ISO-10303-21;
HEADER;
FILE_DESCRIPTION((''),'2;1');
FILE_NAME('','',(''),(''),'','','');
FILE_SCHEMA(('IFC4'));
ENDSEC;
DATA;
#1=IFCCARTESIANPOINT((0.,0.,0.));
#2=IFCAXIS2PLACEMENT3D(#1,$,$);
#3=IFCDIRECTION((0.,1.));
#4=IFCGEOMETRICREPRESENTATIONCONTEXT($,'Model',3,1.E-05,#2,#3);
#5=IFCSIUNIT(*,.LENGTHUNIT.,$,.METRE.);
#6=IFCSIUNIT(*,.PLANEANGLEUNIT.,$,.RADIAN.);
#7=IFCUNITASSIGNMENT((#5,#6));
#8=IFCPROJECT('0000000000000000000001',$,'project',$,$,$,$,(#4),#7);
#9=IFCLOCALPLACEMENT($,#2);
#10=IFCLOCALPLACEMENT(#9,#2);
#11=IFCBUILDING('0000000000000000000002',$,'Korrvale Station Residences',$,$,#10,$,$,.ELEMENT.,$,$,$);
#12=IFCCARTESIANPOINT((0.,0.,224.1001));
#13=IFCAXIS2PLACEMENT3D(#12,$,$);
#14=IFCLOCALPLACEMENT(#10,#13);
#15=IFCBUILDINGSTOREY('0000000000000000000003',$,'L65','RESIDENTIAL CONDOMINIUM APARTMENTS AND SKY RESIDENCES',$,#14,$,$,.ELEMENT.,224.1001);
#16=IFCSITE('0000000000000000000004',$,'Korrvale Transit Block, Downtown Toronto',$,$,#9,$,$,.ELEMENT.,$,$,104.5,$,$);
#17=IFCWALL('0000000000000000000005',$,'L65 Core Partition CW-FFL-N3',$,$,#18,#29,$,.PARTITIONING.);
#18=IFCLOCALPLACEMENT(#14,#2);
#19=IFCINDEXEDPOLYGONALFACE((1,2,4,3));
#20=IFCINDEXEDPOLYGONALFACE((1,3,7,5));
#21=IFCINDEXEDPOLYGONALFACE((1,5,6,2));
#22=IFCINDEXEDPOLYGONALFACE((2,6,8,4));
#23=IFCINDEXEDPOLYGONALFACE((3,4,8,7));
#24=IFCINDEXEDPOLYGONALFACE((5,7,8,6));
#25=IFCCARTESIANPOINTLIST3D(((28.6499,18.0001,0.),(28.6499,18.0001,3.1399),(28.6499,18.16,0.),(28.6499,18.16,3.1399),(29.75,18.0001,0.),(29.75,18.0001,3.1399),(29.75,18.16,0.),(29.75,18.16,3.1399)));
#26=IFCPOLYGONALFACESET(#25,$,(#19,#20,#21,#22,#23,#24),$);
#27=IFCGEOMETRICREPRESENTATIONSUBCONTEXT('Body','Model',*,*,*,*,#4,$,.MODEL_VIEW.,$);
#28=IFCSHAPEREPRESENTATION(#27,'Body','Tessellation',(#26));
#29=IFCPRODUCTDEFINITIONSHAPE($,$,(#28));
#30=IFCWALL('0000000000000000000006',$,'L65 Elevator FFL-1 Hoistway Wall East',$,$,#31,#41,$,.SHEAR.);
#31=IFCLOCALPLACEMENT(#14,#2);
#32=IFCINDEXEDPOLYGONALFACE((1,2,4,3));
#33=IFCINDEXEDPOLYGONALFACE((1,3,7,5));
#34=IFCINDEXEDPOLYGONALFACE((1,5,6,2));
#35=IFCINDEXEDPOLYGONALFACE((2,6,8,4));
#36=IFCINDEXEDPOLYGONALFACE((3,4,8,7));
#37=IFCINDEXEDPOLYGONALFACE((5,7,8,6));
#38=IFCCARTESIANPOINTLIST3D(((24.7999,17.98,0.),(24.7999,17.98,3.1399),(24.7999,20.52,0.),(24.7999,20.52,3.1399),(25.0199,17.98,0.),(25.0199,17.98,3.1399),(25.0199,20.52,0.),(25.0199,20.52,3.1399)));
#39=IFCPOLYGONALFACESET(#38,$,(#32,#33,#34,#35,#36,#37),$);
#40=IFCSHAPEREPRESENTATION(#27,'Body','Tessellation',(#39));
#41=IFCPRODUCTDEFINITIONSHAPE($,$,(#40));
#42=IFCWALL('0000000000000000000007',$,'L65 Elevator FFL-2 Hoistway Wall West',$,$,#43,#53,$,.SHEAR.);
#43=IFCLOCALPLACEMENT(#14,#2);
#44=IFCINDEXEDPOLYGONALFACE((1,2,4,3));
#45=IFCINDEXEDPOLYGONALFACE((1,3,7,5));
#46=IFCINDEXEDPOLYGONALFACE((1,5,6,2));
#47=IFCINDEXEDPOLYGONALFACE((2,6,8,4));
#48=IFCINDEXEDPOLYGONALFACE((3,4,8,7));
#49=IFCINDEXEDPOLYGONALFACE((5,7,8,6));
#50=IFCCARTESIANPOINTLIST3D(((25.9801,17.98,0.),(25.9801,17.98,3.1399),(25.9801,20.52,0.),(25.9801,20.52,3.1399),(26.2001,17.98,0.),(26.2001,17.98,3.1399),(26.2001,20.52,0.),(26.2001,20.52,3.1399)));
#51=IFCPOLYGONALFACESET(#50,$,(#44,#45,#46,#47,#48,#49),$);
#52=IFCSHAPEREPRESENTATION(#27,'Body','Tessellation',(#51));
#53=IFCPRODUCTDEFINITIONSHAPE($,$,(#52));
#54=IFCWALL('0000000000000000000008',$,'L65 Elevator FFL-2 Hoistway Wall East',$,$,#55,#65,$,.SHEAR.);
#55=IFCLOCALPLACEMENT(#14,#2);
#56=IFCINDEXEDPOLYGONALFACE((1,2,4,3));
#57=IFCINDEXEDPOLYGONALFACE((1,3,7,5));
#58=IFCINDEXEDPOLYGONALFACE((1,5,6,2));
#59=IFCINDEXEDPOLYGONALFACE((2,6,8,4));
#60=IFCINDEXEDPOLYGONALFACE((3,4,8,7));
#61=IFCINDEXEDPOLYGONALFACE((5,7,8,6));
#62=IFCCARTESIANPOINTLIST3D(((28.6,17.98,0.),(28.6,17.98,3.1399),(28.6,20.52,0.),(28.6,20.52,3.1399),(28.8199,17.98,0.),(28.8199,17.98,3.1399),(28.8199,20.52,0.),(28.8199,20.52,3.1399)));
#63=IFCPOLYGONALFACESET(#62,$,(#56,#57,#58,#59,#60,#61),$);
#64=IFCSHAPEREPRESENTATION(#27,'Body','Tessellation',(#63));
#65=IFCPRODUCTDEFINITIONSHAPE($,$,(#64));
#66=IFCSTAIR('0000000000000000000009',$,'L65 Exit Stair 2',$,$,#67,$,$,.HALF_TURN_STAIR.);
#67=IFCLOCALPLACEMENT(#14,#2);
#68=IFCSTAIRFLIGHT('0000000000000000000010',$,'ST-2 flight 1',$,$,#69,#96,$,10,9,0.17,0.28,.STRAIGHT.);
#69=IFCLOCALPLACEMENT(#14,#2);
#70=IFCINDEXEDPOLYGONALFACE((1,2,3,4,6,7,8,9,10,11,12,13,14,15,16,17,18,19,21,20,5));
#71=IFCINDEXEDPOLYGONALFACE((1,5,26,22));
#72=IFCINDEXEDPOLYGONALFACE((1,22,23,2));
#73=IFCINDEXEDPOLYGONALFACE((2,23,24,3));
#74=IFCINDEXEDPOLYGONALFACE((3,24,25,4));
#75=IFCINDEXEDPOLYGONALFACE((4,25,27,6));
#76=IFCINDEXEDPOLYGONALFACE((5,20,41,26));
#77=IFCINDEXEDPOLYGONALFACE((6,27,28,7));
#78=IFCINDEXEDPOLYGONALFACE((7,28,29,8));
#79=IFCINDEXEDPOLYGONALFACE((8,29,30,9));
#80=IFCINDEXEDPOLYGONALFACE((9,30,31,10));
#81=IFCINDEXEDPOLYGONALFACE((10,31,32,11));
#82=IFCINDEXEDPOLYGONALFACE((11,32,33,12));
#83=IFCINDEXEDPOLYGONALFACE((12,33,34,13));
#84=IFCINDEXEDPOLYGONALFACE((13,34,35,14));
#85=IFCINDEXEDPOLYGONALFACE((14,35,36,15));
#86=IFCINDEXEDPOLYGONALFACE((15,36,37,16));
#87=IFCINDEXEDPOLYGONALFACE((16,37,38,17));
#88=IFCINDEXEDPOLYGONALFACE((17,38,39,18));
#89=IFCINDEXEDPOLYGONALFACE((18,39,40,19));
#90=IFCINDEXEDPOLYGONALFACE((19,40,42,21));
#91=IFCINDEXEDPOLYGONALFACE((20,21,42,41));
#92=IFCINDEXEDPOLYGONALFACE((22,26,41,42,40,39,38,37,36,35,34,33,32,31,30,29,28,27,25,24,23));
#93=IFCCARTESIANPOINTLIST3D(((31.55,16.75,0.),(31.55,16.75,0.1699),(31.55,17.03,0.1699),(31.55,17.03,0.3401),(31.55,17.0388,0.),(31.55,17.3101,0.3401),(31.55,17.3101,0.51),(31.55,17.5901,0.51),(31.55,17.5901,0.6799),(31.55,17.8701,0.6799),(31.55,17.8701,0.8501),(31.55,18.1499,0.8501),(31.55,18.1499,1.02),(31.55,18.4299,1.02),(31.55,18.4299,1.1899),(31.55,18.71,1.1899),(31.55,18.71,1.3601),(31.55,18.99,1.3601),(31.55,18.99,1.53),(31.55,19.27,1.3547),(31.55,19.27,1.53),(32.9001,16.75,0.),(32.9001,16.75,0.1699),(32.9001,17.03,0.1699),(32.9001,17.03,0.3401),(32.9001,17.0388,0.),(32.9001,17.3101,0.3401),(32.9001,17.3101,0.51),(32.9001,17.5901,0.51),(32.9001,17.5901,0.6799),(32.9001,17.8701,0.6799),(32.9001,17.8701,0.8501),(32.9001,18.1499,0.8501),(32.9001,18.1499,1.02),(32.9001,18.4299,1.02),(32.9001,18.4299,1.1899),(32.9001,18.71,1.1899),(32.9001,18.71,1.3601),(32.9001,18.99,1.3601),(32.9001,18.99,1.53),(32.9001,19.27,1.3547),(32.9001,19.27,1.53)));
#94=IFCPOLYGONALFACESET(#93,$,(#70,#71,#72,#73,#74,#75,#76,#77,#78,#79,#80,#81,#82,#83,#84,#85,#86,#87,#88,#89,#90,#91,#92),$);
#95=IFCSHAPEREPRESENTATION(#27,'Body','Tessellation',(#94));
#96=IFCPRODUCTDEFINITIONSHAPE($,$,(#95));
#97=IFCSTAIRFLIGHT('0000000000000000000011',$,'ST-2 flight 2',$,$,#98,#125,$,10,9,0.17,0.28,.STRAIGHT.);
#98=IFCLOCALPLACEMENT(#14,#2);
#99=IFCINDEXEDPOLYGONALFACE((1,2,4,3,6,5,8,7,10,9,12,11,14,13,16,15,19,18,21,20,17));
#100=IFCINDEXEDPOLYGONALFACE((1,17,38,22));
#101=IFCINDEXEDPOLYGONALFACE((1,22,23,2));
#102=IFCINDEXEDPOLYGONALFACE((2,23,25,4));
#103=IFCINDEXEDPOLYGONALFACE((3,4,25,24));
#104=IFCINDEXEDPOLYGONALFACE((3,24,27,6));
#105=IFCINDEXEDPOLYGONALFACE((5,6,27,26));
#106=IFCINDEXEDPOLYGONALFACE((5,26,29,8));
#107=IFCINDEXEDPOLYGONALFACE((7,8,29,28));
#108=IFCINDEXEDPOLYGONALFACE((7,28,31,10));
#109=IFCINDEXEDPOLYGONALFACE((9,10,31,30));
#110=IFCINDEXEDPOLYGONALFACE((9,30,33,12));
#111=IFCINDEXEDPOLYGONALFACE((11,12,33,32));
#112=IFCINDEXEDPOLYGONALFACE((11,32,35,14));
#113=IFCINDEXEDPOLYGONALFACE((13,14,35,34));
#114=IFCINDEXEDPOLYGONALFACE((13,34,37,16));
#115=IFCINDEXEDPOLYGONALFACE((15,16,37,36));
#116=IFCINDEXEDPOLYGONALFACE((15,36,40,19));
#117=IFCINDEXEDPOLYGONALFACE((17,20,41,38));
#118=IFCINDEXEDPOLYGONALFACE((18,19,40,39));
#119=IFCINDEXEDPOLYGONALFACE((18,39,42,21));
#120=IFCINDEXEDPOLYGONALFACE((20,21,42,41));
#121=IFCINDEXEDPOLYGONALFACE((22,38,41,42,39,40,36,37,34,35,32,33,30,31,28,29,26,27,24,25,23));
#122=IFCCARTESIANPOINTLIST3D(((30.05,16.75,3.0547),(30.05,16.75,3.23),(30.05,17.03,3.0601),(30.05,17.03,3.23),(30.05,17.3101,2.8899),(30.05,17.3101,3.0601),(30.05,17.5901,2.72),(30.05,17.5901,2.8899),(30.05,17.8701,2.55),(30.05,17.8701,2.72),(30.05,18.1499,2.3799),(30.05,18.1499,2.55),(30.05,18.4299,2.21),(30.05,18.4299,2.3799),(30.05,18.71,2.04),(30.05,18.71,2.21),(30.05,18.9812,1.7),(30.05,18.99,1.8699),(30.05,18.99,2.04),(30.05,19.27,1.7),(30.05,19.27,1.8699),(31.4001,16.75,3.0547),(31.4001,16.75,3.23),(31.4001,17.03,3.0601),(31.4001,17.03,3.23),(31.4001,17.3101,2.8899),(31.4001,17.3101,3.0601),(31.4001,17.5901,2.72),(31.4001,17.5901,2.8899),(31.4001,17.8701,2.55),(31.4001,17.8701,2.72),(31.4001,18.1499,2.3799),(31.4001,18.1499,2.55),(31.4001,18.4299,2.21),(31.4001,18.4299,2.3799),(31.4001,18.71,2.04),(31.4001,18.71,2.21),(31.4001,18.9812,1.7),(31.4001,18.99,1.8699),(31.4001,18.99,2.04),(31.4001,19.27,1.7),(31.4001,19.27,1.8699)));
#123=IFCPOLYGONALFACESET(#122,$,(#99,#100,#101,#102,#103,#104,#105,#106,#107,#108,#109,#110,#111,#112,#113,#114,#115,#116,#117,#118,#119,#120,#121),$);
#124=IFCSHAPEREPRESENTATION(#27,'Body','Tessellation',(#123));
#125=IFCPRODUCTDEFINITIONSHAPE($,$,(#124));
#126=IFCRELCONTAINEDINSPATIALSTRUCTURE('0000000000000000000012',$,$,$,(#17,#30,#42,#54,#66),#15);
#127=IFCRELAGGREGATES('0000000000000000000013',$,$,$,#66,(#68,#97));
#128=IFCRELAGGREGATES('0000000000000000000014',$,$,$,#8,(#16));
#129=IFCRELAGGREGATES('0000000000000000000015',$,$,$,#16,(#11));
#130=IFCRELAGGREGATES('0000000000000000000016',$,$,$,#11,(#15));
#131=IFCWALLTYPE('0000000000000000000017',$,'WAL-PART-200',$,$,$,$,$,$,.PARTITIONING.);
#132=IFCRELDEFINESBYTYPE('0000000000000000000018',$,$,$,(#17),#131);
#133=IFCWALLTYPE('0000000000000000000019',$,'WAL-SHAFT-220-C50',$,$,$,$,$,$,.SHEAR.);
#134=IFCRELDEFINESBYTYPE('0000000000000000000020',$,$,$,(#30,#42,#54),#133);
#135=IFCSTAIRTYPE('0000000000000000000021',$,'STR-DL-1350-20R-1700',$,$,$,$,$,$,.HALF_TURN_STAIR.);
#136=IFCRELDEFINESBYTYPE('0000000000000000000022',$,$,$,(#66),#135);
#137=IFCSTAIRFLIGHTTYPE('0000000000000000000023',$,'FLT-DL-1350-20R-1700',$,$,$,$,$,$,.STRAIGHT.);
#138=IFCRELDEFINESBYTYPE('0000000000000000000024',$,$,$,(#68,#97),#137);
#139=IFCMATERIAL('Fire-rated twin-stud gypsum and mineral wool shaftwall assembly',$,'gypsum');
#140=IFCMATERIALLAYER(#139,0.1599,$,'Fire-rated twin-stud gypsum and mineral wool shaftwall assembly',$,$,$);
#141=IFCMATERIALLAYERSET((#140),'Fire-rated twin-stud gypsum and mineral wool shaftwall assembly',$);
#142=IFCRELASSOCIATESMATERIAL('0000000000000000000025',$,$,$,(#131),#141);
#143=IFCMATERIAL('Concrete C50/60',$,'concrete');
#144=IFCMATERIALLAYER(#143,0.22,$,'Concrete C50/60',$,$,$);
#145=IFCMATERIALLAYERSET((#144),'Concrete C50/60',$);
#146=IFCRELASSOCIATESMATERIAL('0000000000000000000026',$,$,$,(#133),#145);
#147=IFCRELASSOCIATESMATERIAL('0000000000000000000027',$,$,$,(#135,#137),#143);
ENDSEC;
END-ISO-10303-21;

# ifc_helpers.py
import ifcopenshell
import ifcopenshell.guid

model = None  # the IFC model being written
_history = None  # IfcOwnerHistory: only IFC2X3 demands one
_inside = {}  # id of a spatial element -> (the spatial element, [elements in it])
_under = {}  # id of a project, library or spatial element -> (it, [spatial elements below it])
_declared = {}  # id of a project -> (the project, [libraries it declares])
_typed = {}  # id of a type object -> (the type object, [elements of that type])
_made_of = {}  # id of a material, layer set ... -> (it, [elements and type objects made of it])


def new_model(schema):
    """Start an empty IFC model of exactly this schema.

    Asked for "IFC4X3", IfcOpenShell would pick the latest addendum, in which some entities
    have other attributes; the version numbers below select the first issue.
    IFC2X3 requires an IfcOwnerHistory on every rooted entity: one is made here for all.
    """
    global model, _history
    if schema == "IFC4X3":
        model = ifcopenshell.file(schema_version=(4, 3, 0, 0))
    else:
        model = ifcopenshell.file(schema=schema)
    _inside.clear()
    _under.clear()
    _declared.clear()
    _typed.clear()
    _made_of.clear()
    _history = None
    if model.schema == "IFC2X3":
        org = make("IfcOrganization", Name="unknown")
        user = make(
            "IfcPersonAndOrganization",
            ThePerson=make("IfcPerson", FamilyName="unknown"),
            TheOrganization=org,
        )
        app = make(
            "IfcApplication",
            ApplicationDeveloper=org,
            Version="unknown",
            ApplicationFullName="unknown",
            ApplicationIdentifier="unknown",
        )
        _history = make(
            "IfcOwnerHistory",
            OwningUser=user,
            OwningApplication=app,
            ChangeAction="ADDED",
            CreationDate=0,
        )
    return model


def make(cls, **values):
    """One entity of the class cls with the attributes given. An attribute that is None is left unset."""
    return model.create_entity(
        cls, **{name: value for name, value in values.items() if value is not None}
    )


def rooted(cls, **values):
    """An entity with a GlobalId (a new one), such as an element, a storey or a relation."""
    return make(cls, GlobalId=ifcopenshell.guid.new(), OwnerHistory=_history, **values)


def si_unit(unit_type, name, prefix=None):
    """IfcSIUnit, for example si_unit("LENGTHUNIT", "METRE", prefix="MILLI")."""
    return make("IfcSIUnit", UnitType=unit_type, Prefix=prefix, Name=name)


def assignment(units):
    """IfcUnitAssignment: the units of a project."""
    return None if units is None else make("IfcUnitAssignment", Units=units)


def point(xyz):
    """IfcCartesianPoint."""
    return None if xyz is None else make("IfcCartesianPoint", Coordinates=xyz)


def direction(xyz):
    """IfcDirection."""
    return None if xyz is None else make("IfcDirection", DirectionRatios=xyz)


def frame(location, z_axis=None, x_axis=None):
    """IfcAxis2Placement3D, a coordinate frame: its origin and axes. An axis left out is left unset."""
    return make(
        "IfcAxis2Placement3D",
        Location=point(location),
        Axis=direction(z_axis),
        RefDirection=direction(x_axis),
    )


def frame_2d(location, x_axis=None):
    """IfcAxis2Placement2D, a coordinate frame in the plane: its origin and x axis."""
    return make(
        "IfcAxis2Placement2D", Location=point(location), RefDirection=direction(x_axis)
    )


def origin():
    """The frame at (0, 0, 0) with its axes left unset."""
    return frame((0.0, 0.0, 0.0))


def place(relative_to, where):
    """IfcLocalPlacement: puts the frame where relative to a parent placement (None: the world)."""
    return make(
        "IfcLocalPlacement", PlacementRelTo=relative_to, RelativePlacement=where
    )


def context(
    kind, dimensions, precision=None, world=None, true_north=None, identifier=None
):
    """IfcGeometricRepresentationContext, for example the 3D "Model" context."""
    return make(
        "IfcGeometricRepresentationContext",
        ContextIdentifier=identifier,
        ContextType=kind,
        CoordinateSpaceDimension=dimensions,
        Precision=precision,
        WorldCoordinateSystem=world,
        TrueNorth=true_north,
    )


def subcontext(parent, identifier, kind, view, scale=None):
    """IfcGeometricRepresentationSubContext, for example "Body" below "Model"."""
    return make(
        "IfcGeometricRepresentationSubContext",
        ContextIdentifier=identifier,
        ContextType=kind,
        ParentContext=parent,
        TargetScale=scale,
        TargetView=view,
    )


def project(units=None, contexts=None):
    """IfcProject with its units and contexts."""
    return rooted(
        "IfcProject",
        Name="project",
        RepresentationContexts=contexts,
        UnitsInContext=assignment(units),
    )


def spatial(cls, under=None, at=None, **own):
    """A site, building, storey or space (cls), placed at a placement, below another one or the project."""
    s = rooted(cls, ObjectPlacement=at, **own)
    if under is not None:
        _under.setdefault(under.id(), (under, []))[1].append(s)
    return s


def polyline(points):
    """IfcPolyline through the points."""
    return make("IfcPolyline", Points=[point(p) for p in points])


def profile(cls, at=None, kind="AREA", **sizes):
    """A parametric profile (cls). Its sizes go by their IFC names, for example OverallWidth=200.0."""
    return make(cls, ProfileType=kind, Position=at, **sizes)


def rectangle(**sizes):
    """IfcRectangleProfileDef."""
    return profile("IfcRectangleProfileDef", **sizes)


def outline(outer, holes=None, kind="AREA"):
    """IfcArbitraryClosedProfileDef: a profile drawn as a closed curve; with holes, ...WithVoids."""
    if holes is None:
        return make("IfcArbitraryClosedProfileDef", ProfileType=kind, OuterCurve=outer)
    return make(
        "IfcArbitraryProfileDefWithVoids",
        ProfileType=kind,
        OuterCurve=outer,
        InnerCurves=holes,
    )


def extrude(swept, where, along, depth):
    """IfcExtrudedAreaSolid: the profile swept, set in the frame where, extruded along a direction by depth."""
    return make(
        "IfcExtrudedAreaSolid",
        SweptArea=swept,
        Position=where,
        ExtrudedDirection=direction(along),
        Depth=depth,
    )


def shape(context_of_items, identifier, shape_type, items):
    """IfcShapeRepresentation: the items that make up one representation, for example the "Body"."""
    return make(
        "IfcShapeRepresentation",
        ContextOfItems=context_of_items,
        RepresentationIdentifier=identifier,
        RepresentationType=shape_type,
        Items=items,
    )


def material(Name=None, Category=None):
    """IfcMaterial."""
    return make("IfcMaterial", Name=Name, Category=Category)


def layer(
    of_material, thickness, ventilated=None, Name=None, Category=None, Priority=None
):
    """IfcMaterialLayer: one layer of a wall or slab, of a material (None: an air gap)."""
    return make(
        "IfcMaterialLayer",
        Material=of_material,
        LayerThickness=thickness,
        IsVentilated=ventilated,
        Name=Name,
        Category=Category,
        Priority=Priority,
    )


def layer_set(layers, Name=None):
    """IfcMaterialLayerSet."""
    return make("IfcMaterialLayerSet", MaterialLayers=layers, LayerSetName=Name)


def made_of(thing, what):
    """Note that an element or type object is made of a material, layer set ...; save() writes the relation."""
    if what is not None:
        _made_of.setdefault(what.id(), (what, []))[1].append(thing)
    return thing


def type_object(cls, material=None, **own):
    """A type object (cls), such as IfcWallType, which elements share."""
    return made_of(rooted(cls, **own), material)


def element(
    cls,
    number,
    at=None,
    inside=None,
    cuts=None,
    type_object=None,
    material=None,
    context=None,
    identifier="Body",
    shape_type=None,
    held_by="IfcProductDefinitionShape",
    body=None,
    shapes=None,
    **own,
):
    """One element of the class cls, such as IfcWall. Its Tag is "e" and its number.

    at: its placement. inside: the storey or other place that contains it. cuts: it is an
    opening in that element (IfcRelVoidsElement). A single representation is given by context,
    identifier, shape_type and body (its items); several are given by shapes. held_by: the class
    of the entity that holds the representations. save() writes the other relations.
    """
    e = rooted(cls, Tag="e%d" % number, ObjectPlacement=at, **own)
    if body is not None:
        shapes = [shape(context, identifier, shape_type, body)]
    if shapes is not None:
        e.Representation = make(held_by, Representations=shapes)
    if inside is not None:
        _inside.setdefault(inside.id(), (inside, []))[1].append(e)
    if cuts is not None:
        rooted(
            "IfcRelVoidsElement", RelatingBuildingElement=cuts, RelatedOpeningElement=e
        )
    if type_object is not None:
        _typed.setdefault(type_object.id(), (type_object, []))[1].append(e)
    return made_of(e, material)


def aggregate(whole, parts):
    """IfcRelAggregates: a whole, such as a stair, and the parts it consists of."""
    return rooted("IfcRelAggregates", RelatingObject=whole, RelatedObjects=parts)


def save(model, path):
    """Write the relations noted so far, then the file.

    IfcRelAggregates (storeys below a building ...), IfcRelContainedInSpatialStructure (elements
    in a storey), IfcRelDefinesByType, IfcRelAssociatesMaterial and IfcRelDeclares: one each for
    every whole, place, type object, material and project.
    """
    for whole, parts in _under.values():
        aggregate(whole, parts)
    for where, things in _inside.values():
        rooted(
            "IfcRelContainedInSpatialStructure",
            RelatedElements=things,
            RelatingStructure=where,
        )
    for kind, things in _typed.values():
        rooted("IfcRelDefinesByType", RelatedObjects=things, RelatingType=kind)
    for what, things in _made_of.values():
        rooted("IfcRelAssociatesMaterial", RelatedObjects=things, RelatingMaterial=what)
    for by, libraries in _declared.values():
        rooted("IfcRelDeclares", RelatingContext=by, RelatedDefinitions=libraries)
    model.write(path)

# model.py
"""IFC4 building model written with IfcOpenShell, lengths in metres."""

from ifc_helpers import new_model, si_unit, direction, frame, frame_2d, origin, place, context, subcontext, project, spatial, polyline, rectangle, outline, extrude, material, layer, layer_set, type_object, element, aggregate, save


model = new_model("IFC4")

# Units and contexts
model_context = context("Model", 3, precision=1e-05, world=origin(), true_north=direction((0.0, 1.0)))
body_context = subcontext(model_context, "Body", "Model", "MODEL_VIEW")
ifc_project = project(units=[si_unit("LENGTHUNIT", "METRE"), si_unit("PLANEANGLEUNIT", "RADIAN")], contexts=[model_context])

# Site, building, storey
site_placement = place(None, origin())
site = spatial("IfcSite", under=ifc_project, at=site_placement, Name="Korrvale Transit Block, Downtown Toronto", CompositionType="ELEMENT", RefElevation=104.5)
building_placement = place(site_placement, origin())
building = spatial("IfcBuilding", under=site, at=building_placement, Name="Korrvale Station Residences", CompositionType="ELEMENT")
storey_placement = place(building_placement, frame((0.0, 0.0, 224.1001)))
storey = spatial("IfcBuildingStorey", under=building, at=storey_placement, Name="L65", Description="RESIDENTIAL CONDOMINIUM APARTMENTS AND SKY RESIDENCES", CompositionType="ELEMENT", Elevation=224.1001)

# Shared definitions
ifc_material_1 = material(Name="Concrete C50/60", Category="concrete")

# Walls
ifc_material_2 = material(Name="Fire-rated twin-stud gypsum and mineral wool shaftwall assembly", Category="gypsum")
ifc_layer_1 = layer(ifc_material_2, 0.1599, Name="Fire-rated twin-stud gypsum and mineral wool shaftwall assembly")
ifc_layer_set_1 = layer_set([ifc_layer_1], Name="Fire-rated twin-stud gypsum and mineral wool shaftwall assembly")
wall_type_1 = type_object("IfcWallType", Name="WAL-PART-200", PredefinedType="PARTITIONING", material=ifc_layer_set_1)
wall_1_placement = place(storey_placement, frame((28.6499, 18.0801, 0.0), z_axis=(0.0, 0.0, 1.0), x_axis=(1.0, 0.0, 0.0)))
element("IfcWall", 1, at=wall_1_placement, inside=storey, type_object=wall_type_1, Name="L65 Core Partition CW-FFL-N3", PredefinedType="PARTITIONING", context=body_context, shape_type="SweptSolid", body=[
    extrude(rectangle(XDim=1.1001, YDim=0.1599, at=frame_2d((0.55, 0.0))), origin(), (0.0, 0.0, 1.0), 3.1399),
])
ifc_layer_2 = layer(ifc_material_1, 0.22, Name="Concrete C50/60")
ifc_layer_set_2 = layer_set([ifc_layer_2], Name="Concrete C50/60")
wall_type_2 = type_object("IfcWallType", Name="WAL-SHAFT-220-C50", PredefinedType="SHEAR", material=ifc_layer_set_2)
wall_2_placement = place(storey_placement, frame((24.9099, 17.98, 0.0), z_axis=(0.0, 0.0, 1.0), x_axis=(0.0, 1.0, 0.0)))
element("IfcWall", 2, at=wall_2_placement, inside=storey, type_object=wall_type_2, Name="L65 Elevator FFL-1 Hoistway Wall East", PredefinedType="SHEAR", context=body_context, shape_type="SweptSolid", body=[
    extrude(rectangle(XDim=2.54, YDim=0.22, at=frame_2d((1.27, 0.0))), origin(), (0.0, 0.0, 1.0), 3.1399),
])

# Walls
for number, where, z_axis, x_axis, name in (
    (3, (26.0901, 17.98, 0.0), (0.0, 0.0, 1.0), (0.0, 1.0, 0.0), "L65 Elevator FFL-2 Hoistway Wall West"),
    (4, (28.71, 17.98, 0.0), (0.0, 0.0, 1.0), (0.0, 1.0, 0.0), "L65 Elevator FFL-2 Hoistway Wall East"),
):
    element("IfcWall", number, at=place(storey_placement, frame(where, z_axis=z_axis, x_axis=x_axis)), inside=storey, type_object=wall_type_2, Name=name, PredefinedType="SHEAR", context=body_context, shape_type="SweptSolid", body=[
        extrude(rectangle(XDim=2.54, YDim=0.22, at=frame_2d((1.27, 0.0))), origin(), (0.0, 0.0, 1.0), 3.1399),
    ])

# Stair, stair flights
stair_type = type_object("IfcStairType", Name="STR-DL-1350-20R-1700", PredefinedType="HALF_TURN_STAIR", material=ifc_material_1)
stair_placement = place(storey_placement, origin())
stair = element("IfcStair", 5, at=stair_placement, inside=storey, type_object=stair_type, Name="L65 Exit Stair 2", PredefinedType="HALF_TURN_STAIR")
stair_flight_type = type_object("IfcStairFlightType", Name="FLT-DL-1350-20R-1700", PredefinedType="STRAIGHT", material=ifc_material_1)
stair_flight_1_placement = place(storey_placement, frame((32.2251, 16.75, 0.0), z_axis=(0.0, 0.0, 1.0), x_axis=(0.0, 1.0, 0.0)))
stair_flight_1 = element("IfcStairFlight", 6, at=stair_flight_1_placement, type_object=stair_flight_type, Name="ST-2 flight 1", NumberOfRisers=10, NumberOfTreads=9, PredefinedType="STRAIGHT", RiserHeight=0.17, TreadLength=0.28, context=body_context, shape_type="SweptSolid", body=[
    extrude(outline(polyline([(0.0, 0.0), (0.0, 0.1699), (0.28, 0.1699), (0.28, 0.3401), (0.5601, 0.3401), (0.5601, 0.51), (0.8401, 0.51), (0.8401, 0.6799), (1.1201, 0.6799), (1.1201, 0.8501), (1.3999, 0.8501), (1.3999, 1.02), (1.6799, 1.02), (1.6799, 1.1899), (1.96, 1.1899), (1.96, 1.3601), (2.24, 1.3601), (2.24, 1.53), (2.52, 1.53), (2.52, 1.7), (2.52, 1.3547), (0.2888, 0.0), (0.0, 0.0)])), frame((0.0, 0.675, 0.0), z_axis=(0.0, -1.0, 0.0), x_axis=(1.0, 0.0, 0.0)), (0.0, 0.0, 1.0), 1.3501),
])
stair_flight_2_placement = place(storey_placement, frame((30.7251, 19.27, 1.7), z_axis=(0.0, 0.0, 1.0), x_axis=(0.0, -1.0, 0.0)))
stair_flight_2 = element("IfcStairFlight", 7, at=stair_flight_2_placement, type_object=stair_flight_type, Name="ST-2 flight 2", NumberOfRisers=10, NumberOfTreads=9, PredefinedType="STRAIGHT", RiserHeight=0.17, TreadLength=0.28, context=body_context, shape_type="SweptSolid", body=[
    extrude(outline(polyline([(0.0, 0.0), (0.0, 0.1699), (0.28, 0.1699), (0.28, 0.3401), (0.5601, 0.3401), (0.5601, 0.51), (0.8401, 0.51), (0.8401, 0.6799), (1.1201, 0.6799), (1.1201, 0.8501), (1.3999, 0.8501), (1.3999, 1.02), (1.6799, 1.02), (1.6799, 1.1899), (1.96, 1.1899), (1.96, 1.3601), (2.24, 1.3601), (2.24, 1.53), (2.52, 1.53), (2.52, 1.7), (2.52, 1.3547), (0.2888, 0.0), (0.0, 0.0)])), frame((0.0, 0.675, 0.0), z_axis=(0.0, -1.0, 0.0), x_axis=(1.0, 0.0, 0.0)), (0.0, 0.0, 1.0), 1.3501),
])
aggregate(stair, [stair_flight_1, stair_flight_2])

save(model, "model.ifc")
